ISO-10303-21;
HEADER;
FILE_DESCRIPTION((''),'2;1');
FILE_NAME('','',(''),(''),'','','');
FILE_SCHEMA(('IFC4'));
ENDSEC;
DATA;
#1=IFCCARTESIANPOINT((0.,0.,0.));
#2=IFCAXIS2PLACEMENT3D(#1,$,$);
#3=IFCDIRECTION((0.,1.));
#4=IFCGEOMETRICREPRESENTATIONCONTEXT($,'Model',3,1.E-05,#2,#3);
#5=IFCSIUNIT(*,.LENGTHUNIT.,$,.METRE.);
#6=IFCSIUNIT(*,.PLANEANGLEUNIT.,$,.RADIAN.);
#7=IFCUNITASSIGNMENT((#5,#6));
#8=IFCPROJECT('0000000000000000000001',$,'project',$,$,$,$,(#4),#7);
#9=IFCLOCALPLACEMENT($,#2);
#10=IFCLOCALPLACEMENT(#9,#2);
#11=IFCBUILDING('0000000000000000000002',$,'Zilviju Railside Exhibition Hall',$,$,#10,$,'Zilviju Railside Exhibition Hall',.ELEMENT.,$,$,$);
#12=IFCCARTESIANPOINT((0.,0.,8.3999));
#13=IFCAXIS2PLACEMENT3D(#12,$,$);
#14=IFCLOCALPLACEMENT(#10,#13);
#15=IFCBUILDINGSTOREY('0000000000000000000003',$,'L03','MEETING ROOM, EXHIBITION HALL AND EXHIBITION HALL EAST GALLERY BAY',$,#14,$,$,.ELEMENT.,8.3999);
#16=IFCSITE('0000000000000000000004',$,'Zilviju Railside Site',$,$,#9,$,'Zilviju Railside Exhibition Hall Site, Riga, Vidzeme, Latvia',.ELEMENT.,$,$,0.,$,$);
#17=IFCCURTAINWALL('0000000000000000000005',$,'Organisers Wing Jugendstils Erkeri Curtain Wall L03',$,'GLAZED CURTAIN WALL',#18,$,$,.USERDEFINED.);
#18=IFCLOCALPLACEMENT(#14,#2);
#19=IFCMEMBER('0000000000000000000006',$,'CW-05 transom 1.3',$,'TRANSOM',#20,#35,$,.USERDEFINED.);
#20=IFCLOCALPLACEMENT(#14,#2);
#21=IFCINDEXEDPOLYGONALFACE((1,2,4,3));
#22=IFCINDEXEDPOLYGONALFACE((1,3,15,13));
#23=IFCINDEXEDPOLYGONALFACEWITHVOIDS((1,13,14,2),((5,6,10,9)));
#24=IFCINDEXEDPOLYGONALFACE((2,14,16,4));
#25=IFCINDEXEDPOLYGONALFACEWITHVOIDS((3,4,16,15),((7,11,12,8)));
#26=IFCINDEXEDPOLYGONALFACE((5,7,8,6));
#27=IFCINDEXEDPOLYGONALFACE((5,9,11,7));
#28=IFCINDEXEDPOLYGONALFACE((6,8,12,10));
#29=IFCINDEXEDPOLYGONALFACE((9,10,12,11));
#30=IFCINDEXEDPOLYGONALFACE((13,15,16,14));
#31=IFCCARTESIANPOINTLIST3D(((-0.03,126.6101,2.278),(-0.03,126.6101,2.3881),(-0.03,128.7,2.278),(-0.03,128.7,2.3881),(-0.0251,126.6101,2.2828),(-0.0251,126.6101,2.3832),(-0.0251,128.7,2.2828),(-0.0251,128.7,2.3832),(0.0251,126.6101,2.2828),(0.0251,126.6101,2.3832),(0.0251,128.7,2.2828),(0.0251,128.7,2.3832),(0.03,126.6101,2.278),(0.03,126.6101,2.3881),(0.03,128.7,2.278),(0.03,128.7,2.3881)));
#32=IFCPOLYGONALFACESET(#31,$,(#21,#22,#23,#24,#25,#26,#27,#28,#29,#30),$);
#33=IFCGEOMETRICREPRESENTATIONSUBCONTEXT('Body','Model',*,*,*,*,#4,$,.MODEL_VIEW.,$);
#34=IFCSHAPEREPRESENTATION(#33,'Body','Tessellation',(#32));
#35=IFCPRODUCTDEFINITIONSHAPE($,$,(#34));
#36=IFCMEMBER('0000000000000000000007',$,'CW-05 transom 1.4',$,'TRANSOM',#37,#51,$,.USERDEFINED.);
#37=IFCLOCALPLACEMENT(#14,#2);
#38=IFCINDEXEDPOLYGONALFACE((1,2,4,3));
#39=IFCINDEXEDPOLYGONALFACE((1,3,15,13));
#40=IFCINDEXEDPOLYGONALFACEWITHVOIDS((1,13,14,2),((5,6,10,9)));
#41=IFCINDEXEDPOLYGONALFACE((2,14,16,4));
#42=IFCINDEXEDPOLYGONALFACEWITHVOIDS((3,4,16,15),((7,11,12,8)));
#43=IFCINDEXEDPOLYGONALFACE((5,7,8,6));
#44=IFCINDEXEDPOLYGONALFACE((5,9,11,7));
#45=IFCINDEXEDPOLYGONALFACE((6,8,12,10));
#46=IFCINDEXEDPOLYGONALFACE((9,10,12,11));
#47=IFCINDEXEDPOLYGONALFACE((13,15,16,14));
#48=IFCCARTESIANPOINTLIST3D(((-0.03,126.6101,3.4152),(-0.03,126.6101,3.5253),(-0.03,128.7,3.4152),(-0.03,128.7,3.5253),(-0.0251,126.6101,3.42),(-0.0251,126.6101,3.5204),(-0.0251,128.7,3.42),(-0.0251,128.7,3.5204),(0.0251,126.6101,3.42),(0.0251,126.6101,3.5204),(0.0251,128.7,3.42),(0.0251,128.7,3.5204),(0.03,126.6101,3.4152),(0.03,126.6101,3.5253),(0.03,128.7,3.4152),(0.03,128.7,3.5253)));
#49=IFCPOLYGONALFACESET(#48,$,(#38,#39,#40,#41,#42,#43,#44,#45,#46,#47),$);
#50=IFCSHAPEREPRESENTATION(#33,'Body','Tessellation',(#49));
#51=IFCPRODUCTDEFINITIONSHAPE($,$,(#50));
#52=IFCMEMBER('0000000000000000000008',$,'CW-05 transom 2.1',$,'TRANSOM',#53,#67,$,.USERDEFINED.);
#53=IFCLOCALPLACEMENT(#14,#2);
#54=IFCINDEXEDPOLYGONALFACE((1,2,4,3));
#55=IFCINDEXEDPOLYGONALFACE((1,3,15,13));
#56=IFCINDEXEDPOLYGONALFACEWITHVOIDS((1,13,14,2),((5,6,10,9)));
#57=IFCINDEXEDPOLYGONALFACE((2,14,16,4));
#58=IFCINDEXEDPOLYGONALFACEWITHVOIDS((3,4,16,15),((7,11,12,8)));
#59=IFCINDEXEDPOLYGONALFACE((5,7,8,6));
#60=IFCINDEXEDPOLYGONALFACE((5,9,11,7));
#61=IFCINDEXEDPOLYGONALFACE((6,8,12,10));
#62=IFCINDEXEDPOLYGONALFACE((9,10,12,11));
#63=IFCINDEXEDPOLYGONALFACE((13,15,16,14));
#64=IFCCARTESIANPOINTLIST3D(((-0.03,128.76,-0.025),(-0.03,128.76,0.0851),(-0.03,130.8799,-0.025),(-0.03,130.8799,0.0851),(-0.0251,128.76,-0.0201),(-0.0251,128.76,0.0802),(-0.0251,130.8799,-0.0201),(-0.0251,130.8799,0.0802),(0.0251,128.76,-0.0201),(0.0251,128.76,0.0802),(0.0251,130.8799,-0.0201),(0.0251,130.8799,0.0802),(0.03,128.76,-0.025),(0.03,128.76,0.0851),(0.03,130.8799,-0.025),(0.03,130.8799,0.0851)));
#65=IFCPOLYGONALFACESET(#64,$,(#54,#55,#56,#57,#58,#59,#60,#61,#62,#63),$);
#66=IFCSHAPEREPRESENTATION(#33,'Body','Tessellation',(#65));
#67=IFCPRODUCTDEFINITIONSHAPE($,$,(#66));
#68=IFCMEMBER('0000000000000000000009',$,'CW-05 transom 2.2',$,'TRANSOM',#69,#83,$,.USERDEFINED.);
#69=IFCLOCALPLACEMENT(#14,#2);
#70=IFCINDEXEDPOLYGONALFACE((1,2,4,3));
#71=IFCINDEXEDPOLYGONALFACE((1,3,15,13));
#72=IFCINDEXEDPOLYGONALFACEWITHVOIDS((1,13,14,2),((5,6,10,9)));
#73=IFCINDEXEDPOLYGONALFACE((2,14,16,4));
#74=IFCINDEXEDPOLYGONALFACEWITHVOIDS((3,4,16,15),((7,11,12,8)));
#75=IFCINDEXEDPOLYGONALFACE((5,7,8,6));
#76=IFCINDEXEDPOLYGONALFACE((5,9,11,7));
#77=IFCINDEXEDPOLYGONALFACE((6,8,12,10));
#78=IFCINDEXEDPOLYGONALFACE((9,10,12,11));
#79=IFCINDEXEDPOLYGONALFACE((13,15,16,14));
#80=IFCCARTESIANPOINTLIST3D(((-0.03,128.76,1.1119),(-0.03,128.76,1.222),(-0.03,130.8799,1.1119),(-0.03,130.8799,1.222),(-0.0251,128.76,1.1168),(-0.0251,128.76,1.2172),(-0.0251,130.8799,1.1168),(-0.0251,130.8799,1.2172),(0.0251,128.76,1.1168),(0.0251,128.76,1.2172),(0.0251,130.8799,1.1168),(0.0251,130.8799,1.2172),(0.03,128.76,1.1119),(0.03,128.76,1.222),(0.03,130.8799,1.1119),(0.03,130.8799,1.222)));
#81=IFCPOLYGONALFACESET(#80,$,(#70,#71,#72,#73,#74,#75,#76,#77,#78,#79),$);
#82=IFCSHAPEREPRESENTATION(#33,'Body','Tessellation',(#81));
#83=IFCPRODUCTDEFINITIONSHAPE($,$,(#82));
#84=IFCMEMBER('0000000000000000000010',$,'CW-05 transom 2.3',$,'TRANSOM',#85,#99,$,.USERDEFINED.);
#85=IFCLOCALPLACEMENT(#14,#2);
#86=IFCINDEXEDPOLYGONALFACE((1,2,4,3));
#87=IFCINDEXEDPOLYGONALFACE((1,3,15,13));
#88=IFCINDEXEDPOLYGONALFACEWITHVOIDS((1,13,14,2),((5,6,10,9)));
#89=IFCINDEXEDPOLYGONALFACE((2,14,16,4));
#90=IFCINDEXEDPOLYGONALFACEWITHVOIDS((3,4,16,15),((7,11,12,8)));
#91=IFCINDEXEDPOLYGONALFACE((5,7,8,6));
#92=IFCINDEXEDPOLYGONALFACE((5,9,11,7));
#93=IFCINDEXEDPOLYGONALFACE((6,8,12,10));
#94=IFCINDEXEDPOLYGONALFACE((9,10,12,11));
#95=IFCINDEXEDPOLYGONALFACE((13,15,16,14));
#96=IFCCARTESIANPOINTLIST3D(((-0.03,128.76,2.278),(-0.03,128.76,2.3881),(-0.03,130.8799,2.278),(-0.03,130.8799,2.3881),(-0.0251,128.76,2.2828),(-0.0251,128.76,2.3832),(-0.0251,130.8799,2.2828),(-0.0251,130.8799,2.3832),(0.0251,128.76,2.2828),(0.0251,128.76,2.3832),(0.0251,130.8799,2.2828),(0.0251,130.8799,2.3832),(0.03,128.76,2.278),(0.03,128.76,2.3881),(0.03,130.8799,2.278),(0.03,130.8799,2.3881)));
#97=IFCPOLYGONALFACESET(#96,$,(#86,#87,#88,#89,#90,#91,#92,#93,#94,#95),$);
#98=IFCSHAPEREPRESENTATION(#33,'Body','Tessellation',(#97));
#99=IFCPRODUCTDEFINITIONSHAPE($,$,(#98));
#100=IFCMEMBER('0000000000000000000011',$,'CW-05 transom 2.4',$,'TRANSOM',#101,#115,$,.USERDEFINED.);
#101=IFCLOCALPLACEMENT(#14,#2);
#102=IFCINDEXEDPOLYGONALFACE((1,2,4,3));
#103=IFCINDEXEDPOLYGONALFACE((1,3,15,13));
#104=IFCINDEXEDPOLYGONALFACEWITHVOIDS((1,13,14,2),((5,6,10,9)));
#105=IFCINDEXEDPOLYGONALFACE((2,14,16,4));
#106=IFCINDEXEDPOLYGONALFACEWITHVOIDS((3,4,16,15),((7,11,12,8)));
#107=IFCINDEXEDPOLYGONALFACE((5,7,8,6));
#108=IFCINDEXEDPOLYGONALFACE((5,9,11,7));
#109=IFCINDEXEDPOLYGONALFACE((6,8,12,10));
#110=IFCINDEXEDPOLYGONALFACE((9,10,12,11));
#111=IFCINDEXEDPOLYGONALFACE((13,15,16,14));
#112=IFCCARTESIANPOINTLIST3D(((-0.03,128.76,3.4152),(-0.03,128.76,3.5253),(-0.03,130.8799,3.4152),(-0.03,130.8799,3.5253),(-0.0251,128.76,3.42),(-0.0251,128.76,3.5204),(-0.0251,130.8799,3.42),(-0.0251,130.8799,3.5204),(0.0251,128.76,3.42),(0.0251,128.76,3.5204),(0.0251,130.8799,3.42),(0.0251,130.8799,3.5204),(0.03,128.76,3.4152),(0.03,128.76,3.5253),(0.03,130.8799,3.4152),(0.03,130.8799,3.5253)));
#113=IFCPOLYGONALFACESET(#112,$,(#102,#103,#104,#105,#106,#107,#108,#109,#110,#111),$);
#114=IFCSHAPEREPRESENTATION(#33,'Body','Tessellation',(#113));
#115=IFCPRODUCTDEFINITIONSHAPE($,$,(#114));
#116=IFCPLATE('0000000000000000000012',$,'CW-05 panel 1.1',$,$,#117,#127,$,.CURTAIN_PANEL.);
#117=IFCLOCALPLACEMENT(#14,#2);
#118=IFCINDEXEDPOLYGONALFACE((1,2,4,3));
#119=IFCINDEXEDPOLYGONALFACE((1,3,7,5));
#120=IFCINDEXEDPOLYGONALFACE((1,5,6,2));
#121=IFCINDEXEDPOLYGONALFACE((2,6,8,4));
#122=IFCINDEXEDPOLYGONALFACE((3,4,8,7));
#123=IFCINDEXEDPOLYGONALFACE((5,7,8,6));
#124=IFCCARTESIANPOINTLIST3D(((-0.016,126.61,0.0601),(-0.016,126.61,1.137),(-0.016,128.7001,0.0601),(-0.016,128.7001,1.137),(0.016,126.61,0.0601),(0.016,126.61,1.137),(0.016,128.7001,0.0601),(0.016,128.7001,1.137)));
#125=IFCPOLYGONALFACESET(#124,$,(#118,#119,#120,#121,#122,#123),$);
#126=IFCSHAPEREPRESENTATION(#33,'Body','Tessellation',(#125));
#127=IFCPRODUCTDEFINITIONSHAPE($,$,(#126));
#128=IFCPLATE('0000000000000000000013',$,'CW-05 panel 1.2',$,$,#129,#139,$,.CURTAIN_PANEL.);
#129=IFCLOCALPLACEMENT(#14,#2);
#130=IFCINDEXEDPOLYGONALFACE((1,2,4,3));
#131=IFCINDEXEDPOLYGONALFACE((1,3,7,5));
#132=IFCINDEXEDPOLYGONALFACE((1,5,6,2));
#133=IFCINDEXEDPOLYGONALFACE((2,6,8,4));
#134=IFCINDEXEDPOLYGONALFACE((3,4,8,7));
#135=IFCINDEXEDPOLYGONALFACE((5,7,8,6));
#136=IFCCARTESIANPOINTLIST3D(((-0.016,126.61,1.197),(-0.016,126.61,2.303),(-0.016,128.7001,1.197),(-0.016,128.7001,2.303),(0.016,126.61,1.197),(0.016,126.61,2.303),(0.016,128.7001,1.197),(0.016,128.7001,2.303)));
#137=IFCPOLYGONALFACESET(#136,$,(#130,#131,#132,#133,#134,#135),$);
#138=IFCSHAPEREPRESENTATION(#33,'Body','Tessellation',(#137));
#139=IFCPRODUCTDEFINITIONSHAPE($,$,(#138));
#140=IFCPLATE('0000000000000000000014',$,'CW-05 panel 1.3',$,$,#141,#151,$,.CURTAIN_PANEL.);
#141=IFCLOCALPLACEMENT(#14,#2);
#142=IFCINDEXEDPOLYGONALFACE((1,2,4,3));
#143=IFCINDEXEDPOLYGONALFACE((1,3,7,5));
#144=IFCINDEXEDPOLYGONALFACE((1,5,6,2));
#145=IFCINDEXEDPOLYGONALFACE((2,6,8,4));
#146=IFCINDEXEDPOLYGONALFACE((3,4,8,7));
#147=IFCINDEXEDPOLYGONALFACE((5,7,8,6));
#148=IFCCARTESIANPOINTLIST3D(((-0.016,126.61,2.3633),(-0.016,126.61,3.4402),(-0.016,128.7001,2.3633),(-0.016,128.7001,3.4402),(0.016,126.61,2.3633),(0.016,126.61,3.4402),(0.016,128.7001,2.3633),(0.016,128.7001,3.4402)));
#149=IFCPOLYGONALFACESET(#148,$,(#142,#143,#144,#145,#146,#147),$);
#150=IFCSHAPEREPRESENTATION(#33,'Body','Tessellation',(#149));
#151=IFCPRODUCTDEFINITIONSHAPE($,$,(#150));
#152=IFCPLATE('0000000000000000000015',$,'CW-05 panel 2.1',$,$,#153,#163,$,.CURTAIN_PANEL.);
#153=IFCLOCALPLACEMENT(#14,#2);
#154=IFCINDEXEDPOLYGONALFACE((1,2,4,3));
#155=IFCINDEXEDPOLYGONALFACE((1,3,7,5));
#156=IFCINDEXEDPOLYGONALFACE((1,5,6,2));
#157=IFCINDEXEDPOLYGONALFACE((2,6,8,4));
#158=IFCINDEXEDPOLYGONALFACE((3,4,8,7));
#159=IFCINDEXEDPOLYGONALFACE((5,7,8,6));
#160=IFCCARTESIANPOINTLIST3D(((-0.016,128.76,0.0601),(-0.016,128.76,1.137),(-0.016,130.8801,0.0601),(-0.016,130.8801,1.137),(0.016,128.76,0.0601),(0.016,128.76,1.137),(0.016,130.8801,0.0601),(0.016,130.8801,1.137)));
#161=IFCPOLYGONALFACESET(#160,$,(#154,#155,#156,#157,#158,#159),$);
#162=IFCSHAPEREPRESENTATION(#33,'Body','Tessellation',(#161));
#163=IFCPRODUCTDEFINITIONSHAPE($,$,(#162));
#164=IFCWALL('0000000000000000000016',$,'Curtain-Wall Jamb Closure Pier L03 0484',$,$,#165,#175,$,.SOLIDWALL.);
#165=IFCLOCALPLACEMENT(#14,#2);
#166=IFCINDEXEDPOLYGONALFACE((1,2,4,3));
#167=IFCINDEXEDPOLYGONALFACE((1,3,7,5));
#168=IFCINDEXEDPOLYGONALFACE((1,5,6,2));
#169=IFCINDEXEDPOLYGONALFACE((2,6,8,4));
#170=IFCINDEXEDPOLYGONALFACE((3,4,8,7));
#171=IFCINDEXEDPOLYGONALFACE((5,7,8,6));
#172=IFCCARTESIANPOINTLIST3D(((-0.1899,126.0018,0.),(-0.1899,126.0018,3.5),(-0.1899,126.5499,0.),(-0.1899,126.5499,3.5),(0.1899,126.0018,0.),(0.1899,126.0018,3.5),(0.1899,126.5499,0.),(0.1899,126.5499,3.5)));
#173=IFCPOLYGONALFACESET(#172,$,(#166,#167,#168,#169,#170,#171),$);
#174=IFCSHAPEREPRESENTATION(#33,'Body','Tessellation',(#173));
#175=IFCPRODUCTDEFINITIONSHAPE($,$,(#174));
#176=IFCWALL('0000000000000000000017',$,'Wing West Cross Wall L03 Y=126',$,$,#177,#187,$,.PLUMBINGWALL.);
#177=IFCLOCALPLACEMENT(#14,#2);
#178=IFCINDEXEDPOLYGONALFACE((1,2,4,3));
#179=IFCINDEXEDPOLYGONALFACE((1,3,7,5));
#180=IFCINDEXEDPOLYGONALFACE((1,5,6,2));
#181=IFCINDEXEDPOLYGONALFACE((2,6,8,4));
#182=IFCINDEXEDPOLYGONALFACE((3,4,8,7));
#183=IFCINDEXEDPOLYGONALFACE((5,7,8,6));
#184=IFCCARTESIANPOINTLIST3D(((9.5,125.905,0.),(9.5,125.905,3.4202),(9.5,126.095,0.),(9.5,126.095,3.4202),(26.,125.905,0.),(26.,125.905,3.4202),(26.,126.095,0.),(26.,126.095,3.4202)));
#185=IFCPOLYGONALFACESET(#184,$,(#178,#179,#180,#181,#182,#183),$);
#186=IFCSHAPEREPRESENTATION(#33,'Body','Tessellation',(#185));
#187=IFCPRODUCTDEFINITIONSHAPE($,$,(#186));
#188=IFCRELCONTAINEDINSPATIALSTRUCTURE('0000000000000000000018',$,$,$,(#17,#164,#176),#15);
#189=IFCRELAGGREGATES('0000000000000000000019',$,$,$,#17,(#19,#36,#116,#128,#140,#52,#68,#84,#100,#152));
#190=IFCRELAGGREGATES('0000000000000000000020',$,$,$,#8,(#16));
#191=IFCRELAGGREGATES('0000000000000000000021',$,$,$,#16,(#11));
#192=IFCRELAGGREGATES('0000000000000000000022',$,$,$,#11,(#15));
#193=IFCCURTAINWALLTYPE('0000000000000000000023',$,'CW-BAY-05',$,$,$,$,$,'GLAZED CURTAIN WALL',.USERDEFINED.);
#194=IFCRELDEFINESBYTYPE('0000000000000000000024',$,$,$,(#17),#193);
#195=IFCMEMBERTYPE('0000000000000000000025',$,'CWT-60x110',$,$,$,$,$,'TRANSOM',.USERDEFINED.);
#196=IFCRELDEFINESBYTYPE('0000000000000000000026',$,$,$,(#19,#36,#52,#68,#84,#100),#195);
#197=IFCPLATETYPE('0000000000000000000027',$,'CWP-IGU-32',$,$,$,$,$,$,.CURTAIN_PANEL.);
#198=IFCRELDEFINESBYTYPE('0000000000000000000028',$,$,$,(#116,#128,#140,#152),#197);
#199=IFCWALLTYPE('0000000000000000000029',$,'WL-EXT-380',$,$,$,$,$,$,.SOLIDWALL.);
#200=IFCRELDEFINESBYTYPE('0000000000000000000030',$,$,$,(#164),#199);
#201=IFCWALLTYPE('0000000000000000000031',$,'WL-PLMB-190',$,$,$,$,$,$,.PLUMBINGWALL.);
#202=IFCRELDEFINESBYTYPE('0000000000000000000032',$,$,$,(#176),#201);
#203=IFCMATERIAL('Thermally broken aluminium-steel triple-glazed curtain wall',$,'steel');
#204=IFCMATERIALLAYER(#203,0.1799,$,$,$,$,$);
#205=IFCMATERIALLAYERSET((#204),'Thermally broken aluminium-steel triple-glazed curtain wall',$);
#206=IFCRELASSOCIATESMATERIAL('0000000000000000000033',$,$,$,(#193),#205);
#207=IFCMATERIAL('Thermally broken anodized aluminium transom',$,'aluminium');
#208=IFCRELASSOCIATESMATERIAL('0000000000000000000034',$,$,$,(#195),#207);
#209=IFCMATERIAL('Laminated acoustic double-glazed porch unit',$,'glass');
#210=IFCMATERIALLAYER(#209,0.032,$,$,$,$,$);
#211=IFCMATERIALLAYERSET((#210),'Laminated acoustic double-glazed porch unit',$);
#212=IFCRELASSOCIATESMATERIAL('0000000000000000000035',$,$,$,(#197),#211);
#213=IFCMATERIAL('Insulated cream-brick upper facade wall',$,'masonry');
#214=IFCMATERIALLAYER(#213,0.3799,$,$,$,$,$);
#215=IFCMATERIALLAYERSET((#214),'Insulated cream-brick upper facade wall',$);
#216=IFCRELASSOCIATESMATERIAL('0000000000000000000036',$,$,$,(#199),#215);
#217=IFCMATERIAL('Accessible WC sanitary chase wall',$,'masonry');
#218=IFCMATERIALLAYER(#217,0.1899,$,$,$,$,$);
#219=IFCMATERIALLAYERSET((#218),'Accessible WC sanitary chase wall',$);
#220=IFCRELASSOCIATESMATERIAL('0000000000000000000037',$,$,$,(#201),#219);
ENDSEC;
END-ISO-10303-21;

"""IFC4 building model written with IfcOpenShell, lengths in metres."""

from ifc_helpers import new_model, si_unit, direction, frame, frame_2d, origin, origin_2d, place, context, subcontext, project, spatial, rectangle, hollow_rectangle, extrude, material, layer, layer_set, material_profile, profile_set, type_object, element, aggregate, save


model = new_model("IFC4")

# Units and contexts
model_context = context("Model", 3, precision=1e-05, world=origin(), true_north=direction((0.0, 1.0)))
body_context = subcontext(model_context, "Body", "Model", "MODEL_VIEW")
ifc_project = project(units=[si_unit("LENGTHUNIT", "METRE"), si_unit("PLANEANGLEUNIT", "RADIAN")], contexts=[model_context])

# Site, building, storey
site_placement = place(None, origin())
site = spatial("IfcSite", under=ifc_project, at=site_placement, Name="Zilviju Railside Site", LongName="Zilviju Railside Exhibition Hall Site, Riga, Vidzeme, Latvia", CompositionType="ELEMENT", RefElevation=0.0)
building_placement = place(site_placement, origin())
building = spatial("IfcBuilding", under=site, at=building_placement, Name="Zilviju Railside Exhibition Hall", LongName="Zilviju Railside Exhibition Hall", CompositionType="ELEMENT")
storey_placement = place(building_placement, frame((0.0, 0.0, 8.3999)))
storey = spatial("IfcBuildingStorey", under=building, at=storey_placement, Name="L03", Description="MEETING ROOM, EXHIBITION HALL AND EXHIBITION HALL EAST GALLERY BAY", CompositionType="ELEMENT", Elevation=8.3999)

# Curtain wall, members, plates
ifc_material_1 = material(Name="Thermally broken aluminium-steel triple-glazed curtain wall", Category="steel")
ifc_layer_1 = layer(ifc_material_1, 0.1799)
ifc_layer_set_1 = layer_set([ifc_layer_1], Name="Thermally broken aluminium-steel triple-glazed curtain wall")
curtain_wall_type = type_object("IfcCurtainWallType", Name="CW-BAY-05", ElementType="GLAZED CURTAIN WALL", PredefinedType="USERDEFINED", material=ifc_layer_set_1)
curtain_wall_placement = place(storey_placement, origin())
curtain_wall = element("IfcCurtainWall", 1, at=curtain_wall_placement, inside=storey, type_object=curtain_wall_type, Name="Organisers Wing Jugendstils Erkeri Curtain Wall L03", ObjectType="GLAZED CURTAIN WALL", PredefinedType="USERDEFINED")
ifc_material_2 = material(Name="Thermally broken anodized aluminium transom", Category="aluminium")
ifc_material_profile_1 = material_profile(ifc_material_2, hollow_rectangle(XDim=0.0601, YDim=0.1101, WallThickness=0.0049, at=origin_2d()), Name="TRANSOM 110x60x5")
ifc_profile_set_1 = profile_set([ifc_material_profile_1], Name="Thermally broken anodized aluminium transom")
member_type_1 = type_object("IfcMemberType", Name="CWT-60x110", ElementType="TRANSOM", PredefinedType="USERDEFINED", material=ifc_profile_set_1)
member_1_placement = place(storey_placement, frame((0.0, 126.6101, 2.333), z_axis=(0.0, 1.0, 0.0), x_axis=(-1.0, 0.0, 0.0)))
member_1 = element("IfcMember", 2, at=member_1_placement, type_object=member_type_1, Name="CW-05 transom 1.3", ObjectType="TRANSOM", PredefinedType="USERDEFINED", context=body_context, shape_type="SweptSolid", body=[
    extrude(hollow_rectangle(XDim=0.0601, YDim=0.1101, WallThickness=0.0049, at=origin_2d()), origin(), (0.0, 0.0, 1.0), 2.0898),
])
member_2_placement = place(storey_placement, frame((0.0, 126.6101, 3.4702), z_axis=(0.0, 1.0, 0.0), x_axis=(-1.0, 0.0, 0.0)))
member_2 = element("IfcMember", 3, at=member_2_placement, type_object=member_type_1, Name="CW-05 transom 1.4", ObjectType="TRANSOM", PredefinedType="USERDEFINED", context=body_context, shape_type="SweptSolid", body=[
    extrude(hollow_rectangle(XDim=0.0601, YDim=0.1101, WallThickness=0.0049, at=origin_2d()), origin(), (0.0, 0.0, 1.0), 2.0898),
])
member_3_placement = place(storey_placement, frame((0.0, 128.76, 0.03), z_axis=(0.0, 1.0, 0.0), x_axis=(-1.0, 0.0, 0.0)))
member_3 = element("IfcMember", 4, at=member_3_placement, type_object=member_type_1, Name="CW-05 transom 2.1", ObjectType="TRANSOM", PredefinedType="USERDEFINED", context=body_context, shape_type="SweptSolid", body=[
    extrude(hollow_rectangle(XDim=0.0601, YDim=0.1101, WallThickness=0.0049, at=origin_2d()), origin(), (0.0, 0.0, 1.0), 2.1199),
])
member_4_placement = place(storey_placement, frame((0.0, 128.76, 1.167), z_axis=(0.0, 1.0, 0.0), x_axis=(-1.0, 0.0, 0.0)))
member_4 = element("IfcMember", 5, at=member_4_placement, type_object=member_type_1, Name="CW-05 transom 2.2", ObjectType="TRANSOM", PredefinedType="USERDEFINED", context=body_context, shape_type="SweptSolid", body=[
    extrude(hollow_rectangle(XDim=0.0601, YDim=0.1101, WallThickness=0.0049, at=origin_2d()), origin(), (0.0, 0.0, 1.0), 2.1199),
])
member_5_placement = place(storey_placement, frame((0.0, 128.76, 2.333), z_axis=(0.0, 1.0, 0.0), x_axis=(-1.0, 0.0, 0.0)))
member_5 = element("IfcMember", 6, at=member_5_placement, type_object=member_type_1, Name="CW-05 transom 2.3", ObjectType="TRANSOM", PredefinedType="USERDEFINED", context=body_context, shape_type="SweptSolid", body=[
    extrude(hollow_rectangle(XDim=0.0601, YDim=0.1101, WallThickness=0.0049, at=origin_2d()), origin(), (0.0, 0.0, 1.0), 2.1199),
])
member_6_placement = place(storey_placement, frame((0.0, 128.76, 3.4702), z_axis=(0.0, 1.0, 0.0), x_axis=(-1.0, 0.0, 0.0)))
member_6 = element("IfcMember", 7, at=member_6_placement, type_object=member_type_1, Name="CW-05 transom 2.4", ObjectType="TRANSOM", PredefinedType="USERDEFINED", context=body_context, shape_type="SweptSolid", body=[
    extrude(hollow_rectangle(XDim=0.0601, YDim=0.1101, WallThickness=0.0049, at=origin_2d()), origin(), (0.0, 0.0, 1.0), 2.1199),
])
ifc_material_3 = material(Name="Laminated acoustic double-glazed porch unit", Category="glass")
ifc_layer_2 = layer(ifc_material_3, 0.032)
ifc_layer_set_2 = layer_set([ifc_layer_2], Name="Laminated acoustic double-glazed porch unit")
plate_type = type_object("IfcPlateType", Name="CWP-IGU-32", PredefinedType="CURTAIN_PANEL", material=ifc_layer_set_2)
plate_1_placement = place(storey_placement, frame((0.0, 127.655, 0.0601), z_axis=(0.0, 0.0, 1.0), x_axis=(0.0, 1.0, 0.0)))
plate_1 = element("IfcPlate", 8, at=plate_1_placement, type_object=plate_type, Name="CW-05 panel 1.1", PredefinedType="CURTAIN_PANEL", context=body_context, shape_type="SweptSolid", body=[
    extrude(rectangle(XDim=2.0901, YDim=0.032, at=origin_2d()), origin(), (0.0, 0.0, 1.0), 1.0769),
])
plate_2_placement = place(storey_placement, frame((0.0, 127.655, 1.197), z_axis=(0.0, 0.0, 1.0), x_axis=(0.0, 1.0, 0.0)))
plate_2 = element("IfcPlate", 9, at=plate_2_placement, type_object=plate_type, Name="CW-05 panel 1.2", PredefinedType="CURTAIN_PANEL", context=body_context, shape_type="SweptSolid", body=[
    extrude(rectangle(XDim=2.0901, YDim=0.032, at=origin_2d()), origin(), (0.0, 0.0, 1.0), 1.106),
])
plate_3_placement = place(storey_placement, frame((0.0, 127.655, 2.3633), z_axis=(0.0, 0.0, 1.0), x_axis=(0.0, 1.0, 0.0)))
plate_3 = element("IfcPlate", 10, at=plate_3_placement, type_object=plate_type, Name="CW-05 panel 1.3", PredefinedType="CURTAIN_PANEL", context=body_context, shape_type="SweptSolid", body=[
    extrude(rectangle(XDim=2.0901, YDim=0.032, at=origin_2d()), origin(), (0.0, 0.0, 1.0), 1.0769),
])
plate_4_placement = place(storey_placement, frame((0.0, 129.8201, 0.0601), z_axis=(0.0, 0.0, 1.0), x_axis=(0.0, 1.0, 0.0)))
plate_4 = element("IfcPlate", 11, at=plate_4_placement, type_object=plate_type, Name="CW-05 panel 2.1", PredefinedType="CURTAIN_PANEL", context=body_context, shape_type="SweptSolid", body=[
    extrude(rectangle(XDim=2.1201, YDim=0.032, at=origin_2d()), origin(), (0.0, 0.0, 1.0), 1.0769),
])
aggregate(curtain_wall, [member_1, member_2, plate_1, plate_2, plate_3, member_3, member_4, member_5, member_6, plate_4])

# Walls
ifc_material_4 = material(Name="Insulated cream-brick upper facade wall", Category="masonry")
ifc_layer_3 = layer(ifc_material_4, 0.3799)
ifc_layer_set_3 = layer_set([ifc_layer_3], Name="Insulated cream-brick upper facade wall")
wall_type_1 = type_object("IfcWallType", Name="WL-EXT-380", PredefinedType="SOLIDWALL", material=ifc_layer_set_3)
wall_1_placement = place(storey_placement, frame((0.0, 126.002, 0.0), z_axis=(0.0, 0.0, 1.0), x_axis=(0.0, 1.0, 0.0)))
element("IfcWall", 12, at=wall_1_placement, inside=storey, type_object=wall_type_1, Name="Curtain-Wall Jamb Closure Pier L03 0484", PredefinedType="SOLIDWALL", context=body_context, shape_type="SweptSolid", body=[
    extrude(rectangle(XDim=0.5481, YDim=0.3799, at=frame_2d((0.2739, 0.0))), origin(), (0.0, 0.0, 1.0), 3.5),
])
ifc_material_5 = material(Name="Accessible WC sanitary chase wall", Category="masonry")
ifc_layer_4 = layer(ifc_material_5, 0.1899)
ifc_layer_set_4 = layer_set([ifc_layer_4], Name="Accessible WC sanitary chase wall")
wall_type_2 = type_object("IfcWallType", Name="WL-PLMB-190", PredefinedType="PLUMBINGWALL", material=ifc_layer_set_4)
wall_2_placement = place(storey_placement, frame((9.5, 126.0, 0.0), z_axis=(0.0, 0.0, 1.0), x_axis=(1.0, 0.0, 0.0)))
element("IfcWall", 13, at=wall_2_placement, inside=storey, type_object=wall_type_2, Name="Wing West Cross Wall L03 Y=126", PredefinedType="PLUMBINGWALL", context=body_context, shape_type="SweptSolid", body=[
    extrude(rectangle(XDim=16.5, YDim=0.1899, at=frame_2d((8.25, 0.0))), origin(), (0.0, 0.0, 1.0), 3.4202),
])

save(model, "model.ifc")
